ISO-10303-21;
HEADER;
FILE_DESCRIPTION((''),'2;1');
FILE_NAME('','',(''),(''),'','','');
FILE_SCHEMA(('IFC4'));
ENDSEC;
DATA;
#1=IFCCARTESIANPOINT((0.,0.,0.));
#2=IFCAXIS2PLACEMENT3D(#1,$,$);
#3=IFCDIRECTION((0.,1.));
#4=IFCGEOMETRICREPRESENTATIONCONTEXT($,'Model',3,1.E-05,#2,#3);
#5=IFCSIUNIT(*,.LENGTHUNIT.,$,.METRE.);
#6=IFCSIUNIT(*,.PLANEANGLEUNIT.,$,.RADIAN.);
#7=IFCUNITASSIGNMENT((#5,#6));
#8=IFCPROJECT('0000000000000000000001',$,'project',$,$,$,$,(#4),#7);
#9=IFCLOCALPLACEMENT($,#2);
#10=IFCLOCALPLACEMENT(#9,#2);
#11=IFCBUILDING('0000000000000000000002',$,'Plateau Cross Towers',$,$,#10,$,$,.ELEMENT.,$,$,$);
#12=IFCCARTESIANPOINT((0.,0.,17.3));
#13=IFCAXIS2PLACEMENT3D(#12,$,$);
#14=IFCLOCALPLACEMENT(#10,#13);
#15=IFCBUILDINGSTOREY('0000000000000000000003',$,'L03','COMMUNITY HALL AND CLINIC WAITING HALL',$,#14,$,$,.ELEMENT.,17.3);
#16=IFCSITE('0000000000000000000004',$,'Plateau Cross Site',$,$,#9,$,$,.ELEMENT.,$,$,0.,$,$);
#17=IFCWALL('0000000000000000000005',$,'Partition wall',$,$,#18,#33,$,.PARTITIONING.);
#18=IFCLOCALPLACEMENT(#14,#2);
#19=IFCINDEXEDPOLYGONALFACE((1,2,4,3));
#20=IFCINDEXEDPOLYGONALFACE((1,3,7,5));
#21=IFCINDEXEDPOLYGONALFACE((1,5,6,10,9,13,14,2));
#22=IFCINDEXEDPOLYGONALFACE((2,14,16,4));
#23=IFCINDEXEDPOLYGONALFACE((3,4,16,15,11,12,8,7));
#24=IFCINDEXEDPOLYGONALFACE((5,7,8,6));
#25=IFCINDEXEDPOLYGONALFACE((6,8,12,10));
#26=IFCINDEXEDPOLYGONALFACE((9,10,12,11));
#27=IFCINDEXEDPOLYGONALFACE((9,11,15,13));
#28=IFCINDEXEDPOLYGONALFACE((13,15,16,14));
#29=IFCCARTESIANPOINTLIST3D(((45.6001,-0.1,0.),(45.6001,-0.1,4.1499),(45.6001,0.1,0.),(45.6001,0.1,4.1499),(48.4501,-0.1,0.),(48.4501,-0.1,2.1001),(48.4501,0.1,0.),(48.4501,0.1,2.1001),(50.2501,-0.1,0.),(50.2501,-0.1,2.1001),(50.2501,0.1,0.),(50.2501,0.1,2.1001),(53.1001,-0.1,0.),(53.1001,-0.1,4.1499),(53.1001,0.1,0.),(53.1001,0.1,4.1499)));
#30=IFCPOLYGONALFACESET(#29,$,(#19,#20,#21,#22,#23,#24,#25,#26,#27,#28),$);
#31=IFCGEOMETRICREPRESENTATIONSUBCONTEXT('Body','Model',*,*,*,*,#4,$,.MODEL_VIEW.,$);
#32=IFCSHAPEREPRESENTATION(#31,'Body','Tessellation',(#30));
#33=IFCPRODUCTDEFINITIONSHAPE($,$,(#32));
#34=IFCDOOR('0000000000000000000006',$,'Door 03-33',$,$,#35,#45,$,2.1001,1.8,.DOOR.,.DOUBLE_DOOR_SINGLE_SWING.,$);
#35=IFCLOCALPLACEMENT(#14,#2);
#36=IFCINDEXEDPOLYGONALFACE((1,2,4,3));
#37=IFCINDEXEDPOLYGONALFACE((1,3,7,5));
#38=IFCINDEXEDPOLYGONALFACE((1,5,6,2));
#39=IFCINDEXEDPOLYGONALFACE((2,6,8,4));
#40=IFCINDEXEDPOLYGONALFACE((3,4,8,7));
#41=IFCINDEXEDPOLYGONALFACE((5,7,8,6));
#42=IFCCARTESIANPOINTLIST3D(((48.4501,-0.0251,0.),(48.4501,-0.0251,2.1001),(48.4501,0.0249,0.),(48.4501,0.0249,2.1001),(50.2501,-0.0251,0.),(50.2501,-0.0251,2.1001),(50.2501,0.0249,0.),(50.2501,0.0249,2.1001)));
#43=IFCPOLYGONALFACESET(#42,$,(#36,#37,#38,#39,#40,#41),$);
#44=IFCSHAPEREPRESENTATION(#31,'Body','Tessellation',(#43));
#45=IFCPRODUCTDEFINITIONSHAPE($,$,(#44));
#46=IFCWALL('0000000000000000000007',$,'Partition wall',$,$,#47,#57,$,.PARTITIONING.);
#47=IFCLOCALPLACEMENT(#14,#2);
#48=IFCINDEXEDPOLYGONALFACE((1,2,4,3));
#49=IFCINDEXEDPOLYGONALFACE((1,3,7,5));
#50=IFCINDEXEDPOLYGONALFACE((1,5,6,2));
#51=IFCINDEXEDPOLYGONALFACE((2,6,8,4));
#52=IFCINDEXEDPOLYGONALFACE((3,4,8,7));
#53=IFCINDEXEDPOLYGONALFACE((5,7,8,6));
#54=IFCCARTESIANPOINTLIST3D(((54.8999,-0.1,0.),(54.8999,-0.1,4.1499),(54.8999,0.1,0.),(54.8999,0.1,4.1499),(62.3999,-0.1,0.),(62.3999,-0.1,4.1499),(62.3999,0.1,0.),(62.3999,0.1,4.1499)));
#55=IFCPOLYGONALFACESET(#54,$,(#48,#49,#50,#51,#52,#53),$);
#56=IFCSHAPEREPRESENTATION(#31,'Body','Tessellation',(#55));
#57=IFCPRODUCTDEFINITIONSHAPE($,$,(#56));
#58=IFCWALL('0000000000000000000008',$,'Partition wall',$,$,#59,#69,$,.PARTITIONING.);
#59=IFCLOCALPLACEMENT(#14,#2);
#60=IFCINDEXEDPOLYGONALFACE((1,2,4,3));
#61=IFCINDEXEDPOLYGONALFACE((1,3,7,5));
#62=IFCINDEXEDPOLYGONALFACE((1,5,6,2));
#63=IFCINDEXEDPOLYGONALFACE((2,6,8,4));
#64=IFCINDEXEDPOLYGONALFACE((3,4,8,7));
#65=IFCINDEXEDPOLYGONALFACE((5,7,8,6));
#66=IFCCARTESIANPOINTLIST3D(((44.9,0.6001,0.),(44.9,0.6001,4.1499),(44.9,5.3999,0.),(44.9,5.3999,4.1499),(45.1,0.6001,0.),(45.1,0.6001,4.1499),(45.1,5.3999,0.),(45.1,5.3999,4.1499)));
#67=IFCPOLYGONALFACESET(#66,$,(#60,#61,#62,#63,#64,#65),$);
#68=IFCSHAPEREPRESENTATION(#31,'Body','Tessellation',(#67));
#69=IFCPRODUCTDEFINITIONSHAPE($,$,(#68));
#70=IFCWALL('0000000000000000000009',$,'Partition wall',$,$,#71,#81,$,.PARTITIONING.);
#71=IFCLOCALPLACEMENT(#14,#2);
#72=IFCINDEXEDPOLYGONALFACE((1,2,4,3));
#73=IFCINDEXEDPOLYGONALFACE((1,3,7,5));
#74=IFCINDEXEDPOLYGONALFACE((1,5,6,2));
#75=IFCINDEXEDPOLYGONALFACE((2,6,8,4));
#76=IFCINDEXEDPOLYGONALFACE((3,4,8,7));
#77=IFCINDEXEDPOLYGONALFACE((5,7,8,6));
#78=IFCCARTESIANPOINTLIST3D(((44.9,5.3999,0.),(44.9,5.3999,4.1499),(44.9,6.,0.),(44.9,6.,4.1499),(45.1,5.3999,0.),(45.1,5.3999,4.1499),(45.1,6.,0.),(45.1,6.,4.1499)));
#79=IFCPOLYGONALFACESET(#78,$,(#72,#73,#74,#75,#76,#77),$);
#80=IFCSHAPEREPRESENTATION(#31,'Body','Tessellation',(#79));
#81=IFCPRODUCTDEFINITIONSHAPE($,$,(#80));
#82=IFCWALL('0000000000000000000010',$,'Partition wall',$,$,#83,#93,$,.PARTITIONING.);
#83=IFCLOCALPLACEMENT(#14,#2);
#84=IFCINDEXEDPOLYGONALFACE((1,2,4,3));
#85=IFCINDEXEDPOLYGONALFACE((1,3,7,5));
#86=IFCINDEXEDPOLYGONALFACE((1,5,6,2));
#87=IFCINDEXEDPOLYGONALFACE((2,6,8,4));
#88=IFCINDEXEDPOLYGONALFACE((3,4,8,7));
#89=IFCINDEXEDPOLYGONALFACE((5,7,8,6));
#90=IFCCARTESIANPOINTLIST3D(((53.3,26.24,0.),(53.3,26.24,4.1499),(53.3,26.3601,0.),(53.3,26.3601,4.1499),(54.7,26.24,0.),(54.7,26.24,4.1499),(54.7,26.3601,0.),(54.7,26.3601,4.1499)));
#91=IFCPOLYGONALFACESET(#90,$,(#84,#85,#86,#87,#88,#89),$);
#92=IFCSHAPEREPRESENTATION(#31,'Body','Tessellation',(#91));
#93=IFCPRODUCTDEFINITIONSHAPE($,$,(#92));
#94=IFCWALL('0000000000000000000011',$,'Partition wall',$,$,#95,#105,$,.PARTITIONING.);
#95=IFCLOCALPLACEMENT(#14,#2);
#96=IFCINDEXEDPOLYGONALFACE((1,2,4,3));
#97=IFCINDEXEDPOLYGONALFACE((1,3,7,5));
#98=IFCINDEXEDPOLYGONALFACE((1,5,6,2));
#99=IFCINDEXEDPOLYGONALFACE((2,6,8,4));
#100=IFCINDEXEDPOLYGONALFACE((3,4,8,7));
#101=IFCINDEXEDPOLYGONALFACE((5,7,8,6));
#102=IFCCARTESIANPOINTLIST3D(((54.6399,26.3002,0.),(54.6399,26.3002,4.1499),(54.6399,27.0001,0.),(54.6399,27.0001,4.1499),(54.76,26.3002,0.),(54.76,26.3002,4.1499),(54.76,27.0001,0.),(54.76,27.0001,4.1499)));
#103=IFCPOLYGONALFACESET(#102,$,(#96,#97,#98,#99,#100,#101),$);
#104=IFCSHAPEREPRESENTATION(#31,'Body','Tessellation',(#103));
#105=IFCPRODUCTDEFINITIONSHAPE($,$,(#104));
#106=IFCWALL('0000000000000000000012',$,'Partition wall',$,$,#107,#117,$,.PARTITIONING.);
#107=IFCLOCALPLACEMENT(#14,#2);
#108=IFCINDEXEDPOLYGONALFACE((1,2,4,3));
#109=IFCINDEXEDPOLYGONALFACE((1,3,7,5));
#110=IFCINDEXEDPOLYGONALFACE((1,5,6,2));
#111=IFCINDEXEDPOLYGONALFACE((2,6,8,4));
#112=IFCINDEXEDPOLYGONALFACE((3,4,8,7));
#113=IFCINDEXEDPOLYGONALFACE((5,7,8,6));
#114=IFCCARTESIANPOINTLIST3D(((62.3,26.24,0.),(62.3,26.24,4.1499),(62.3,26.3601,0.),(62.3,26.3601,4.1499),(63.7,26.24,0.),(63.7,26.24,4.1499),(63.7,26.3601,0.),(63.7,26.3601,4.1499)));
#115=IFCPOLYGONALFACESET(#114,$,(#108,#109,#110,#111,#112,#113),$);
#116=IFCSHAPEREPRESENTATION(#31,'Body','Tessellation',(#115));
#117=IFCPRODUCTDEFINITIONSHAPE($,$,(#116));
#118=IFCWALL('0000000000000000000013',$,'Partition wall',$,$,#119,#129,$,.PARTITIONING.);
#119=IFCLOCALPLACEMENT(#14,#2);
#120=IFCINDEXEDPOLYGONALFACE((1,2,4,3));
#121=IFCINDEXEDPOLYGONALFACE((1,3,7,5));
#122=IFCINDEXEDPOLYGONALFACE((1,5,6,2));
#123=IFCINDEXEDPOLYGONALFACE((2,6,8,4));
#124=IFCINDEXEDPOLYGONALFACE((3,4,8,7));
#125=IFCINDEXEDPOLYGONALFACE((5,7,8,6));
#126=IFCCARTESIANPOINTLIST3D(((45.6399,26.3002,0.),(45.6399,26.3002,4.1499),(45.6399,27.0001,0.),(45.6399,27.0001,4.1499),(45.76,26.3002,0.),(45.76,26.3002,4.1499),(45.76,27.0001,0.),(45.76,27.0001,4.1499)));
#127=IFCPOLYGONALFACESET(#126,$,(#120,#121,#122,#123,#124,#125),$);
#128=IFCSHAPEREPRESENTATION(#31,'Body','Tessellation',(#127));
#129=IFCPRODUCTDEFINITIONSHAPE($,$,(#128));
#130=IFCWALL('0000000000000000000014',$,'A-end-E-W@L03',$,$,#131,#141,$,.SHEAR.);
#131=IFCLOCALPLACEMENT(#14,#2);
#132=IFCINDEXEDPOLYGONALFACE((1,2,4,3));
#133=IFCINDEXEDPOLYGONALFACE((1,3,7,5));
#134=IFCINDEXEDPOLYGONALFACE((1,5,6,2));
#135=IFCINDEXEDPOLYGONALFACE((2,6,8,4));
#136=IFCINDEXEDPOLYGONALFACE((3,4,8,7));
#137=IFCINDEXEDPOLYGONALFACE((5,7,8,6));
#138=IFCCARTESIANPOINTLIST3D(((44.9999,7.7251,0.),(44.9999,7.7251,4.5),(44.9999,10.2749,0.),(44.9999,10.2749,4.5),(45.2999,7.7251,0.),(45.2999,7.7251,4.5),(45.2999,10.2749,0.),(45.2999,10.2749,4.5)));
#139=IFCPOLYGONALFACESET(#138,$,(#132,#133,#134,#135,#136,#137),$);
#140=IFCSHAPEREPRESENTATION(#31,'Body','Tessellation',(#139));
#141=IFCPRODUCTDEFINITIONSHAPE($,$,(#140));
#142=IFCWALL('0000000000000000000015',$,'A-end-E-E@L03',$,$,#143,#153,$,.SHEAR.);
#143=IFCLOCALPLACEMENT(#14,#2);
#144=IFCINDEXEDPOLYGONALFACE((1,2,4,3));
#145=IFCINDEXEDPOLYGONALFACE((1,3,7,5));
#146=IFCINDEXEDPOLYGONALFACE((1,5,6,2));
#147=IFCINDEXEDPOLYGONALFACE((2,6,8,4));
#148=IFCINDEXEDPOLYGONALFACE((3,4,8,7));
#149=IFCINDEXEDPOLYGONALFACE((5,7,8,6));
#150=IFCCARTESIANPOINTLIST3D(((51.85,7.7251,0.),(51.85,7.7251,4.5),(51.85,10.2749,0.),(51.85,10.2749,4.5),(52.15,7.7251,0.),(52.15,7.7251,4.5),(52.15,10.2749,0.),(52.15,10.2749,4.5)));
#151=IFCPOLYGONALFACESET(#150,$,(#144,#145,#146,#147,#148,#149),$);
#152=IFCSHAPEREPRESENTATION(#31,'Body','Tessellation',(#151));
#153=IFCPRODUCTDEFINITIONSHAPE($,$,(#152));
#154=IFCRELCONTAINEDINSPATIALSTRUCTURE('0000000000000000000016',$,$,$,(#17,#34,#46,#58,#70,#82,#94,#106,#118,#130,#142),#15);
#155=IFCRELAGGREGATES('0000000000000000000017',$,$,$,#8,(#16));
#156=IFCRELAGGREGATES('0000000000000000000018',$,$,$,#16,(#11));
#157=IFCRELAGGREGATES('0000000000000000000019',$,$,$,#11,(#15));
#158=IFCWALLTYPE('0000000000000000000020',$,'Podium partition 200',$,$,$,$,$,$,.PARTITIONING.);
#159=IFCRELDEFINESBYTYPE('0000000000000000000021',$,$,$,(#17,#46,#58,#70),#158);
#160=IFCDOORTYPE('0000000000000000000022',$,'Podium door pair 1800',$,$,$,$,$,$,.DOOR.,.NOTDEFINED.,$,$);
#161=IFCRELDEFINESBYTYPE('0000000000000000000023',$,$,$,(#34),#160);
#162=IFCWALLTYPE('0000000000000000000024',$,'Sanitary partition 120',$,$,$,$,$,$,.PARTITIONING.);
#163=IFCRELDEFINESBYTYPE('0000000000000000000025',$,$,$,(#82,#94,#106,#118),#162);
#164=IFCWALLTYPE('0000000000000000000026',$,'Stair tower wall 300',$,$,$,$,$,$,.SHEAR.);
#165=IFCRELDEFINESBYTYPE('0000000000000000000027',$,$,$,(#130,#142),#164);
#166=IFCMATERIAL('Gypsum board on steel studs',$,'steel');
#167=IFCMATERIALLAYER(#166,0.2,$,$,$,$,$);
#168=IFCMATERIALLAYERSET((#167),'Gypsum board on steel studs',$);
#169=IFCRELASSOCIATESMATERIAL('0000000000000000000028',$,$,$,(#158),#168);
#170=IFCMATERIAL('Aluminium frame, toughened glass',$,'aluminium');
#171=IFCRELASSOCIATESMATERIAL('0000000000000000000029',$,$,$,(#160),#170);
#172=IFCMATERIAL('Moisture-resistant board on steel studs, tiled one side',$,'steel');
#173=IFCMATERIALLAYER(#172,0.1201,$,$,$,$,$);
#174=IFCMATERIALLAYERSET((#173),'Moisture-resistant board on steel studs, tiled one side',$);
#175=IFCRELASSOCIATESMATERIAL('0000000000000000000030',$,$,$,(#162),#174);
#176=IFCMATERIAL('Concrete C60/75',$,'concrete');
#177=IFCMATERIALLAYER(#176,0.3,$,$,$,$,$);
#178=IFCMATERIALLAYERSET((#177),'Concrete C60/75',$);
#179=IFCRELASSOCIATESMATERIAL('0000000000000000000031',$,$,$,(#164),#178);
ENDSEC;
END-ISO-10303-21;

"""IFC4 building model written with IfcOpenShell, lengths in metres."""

from ifc_helpers import new_model, si_unit, direction, frame, frame_2d, origin, place, context, subcontext, project, spatial, rectangle, extrude, material, layer, layer_set, type_object, element, fill, save


model = new_model("IFC4")

# Units and contexts
model_context = context("Model", 3, precision=1e-05, world=origin(), true_north=direction((0.0, 1.0)))
body_context = subcontext(model_context, "Body", "Model", "MODEL_VIEW")
ifc_project = project(units=[si_unit("LENGTHUNIT", "METRE"), si_unit("PLANEANGLEUNIT", "RADIAN")], contexts=[model_context])

# Site, building, storey
site_placement = place(None, origin())
site = spatial("IfcSite", under=ifc_project, at=site_placement, Name="Plateau Cross Site", CompositionType="ELEMENT", RefElevation=0.0)
building_placement = place(site_placement, origin())
building = spatial("IfcBuilding", under=site, at=building_placement, Name="Plateau Cross Towers", CompositionType="ELEMENT")
storey_placement = place(building_placement, frame((0.0, 0.0, 17.3)))
storey = spatial("IfcBuildingStorey", under=building, at=storey_placement, Name="L03", Description="COMMUNITY HALL AND CLINIC WAITING HALL", CompositionType="ELEMENT", Elevation=17.3)

# Shared definitions
ifc_material_1 = material(Name="Concrete C60/75", Category="concrete")

# Wall, opening, door
ifc_material_2 = material(Name="Gypsum board on steel studs", Category="steel")
ifc_layer_1 = layer(ifc_material_2, 0.2)
ifc_layer_set_1 = layer_set([ifc_layer_1], Name="Gypsum board on steel studs")
wall_type_1 = type_object("IfcWallType", Name="Podium partition 200", PredefinedType="PARTITIONING", material=ifc_layer_set_1)
wall_1_placement = place(storey_placement, frame((45.6001, 0.0, 0.0), z_axis=(0.0, 0.0, 1.0), x_axis=(1.0, 0.0, 0.0)))
wall_1 = element("IfcWall", 1, at=wall_1_placement, inside=storey, type_object=wall_type_1, Name="Partition wall", PredefinedType="PARTITIONING", context=body_context, shape_type="SweptSolid", body=[
    extrude(rectangle(XDim=7.5, YDim=0.2, at=frame_2d((3.75, 0.0))), origin(), (0.0, 0.0, 1.0), 4.1499),
])
opening_placement = place(wall_1_placement, frame((2.8501, 0.0, 0.0)))
opening = element("IfcOpeningElement", 2, at=opening_placement, cuts=wall_1, PredefinedType="OPENING", context=body_context, shape_type="SweptSolid", body=[
    extrude(rectangle(XDim=1.8, YDim=2.1001, at=frame_2d((0.8999, 1.05))), frame((0.0, 0.1099, 0.0), z_axis=(0.0, -1.0, 0.0), x_axis=(1.0, 0.0, 0.0)), (0.0, 0.0, 1.0), 0.22),
])
ifc_material_3 = material(Name="Aluminium frame, toughened glass", Category="aluminium")
door_type = type_object("IfcDoorType", Name="Podium door pair 1800", OperationType="NOTDEFINED", PredefinedType="DOOR", material=ifc_material_3)
door_placement = place(opening_placement, origin())
door = element("IfcDoor", 3, at=door_placement, inside=storey, type_object=door_type, Name="Door 03-33", OperationType="DOUBLE_DOOR_SINGLE_SWING", OverallHeight=2.1001, OverallWidth=1.8, PredefinedType="DOOR", context=body_context, shape_type="SweptSolid", body=[
    extrude(rectangle(XDim=1.8, YDim=2.1001, at=frame_2d((0.8999, 1.05))), frame((0.0, 0.0249, 0.0), z_axis=(0.0, -1.0, 0.0), x_axis=(1.0, 0.0, 0.0)), (0.0, 0.0, 1.0), 0.05),
])
fill(opening, door)

# Walls
wall_2_placement = place(storey_placement, frame((54.8999, 0.0, 0.0), z_axis=(0.0, 0.0, 1.0), x_axis=(1.0, 0.0, 0.0)))
element("IfcWall", 4, at=wall_2_placement, inside=storey, type_object=wall_type_1, Name="Partition wall", PredefinedType="PARTITIONING", context=body_context, shape_type="SweptSolid", body=[
    extrude(rectangle(XDim=7.5, YDim=0.2, at=frame_2d((3.75, 0.0))), origin(), (0.0, 0.0, 1.0), 4.1499),
])
wall_3_placement = place(storey_placement, frame((45.0, 5.3999, 0.0), z_axis=(0.0, 0.0, 1.0), x_axis=(0.0, -1.0, 0.0)))
element("IfcWall", 5, at=wall_3_placement, inside=storey, type_object=wall_type_1, Name="Partition wall", PredefinedType="PARTITIONING", context=body_context, shape_type="SweptSolid", body=[
    extrude(rectangle(XDim=4.7998, YDim=0.2, at=frame_2d((2.3999, 0.0))), origin(), (0.0, 0.0, 1.0), 4.1499),
])
wall_4_placement = place(storey_placement, frame((45.0, 6.0, 0.0), z_axis=(0.0, 0.0, 1.0), x_axis=(0.0, -1.0, 0.0)))
element("IfcWall", 6, at=wall_4_placement, inside=storey, type_object=wall_type_1, Name="Partition wall", PredefinedType="PARTITIONING", context=body_context, shape_type="SweptSolid", body=[
    extrude(rectangle(XDim=0.6001, YDim=0.2, at=frame_2d((0.3, 0.0))), origin(), (0.0, 0.0, 1.0), 4.1499),
])
ifc_material_4 = material(Name="Moisture-resistant board on steel studs, tiled one side", Category="steel")
ifc_layer_2 = layer(ifc_material_4, 0.1201)
ifc_layer_set_2 = layer_set([ifc_layer_2], Name="Moisture-resistant board on steel studs, tiled one side")
wall_type_2 = type_object("IfcWallType", Name="Sanitary partition 120", PredefinedType="PARTITIONING", material=ifc_layer_set_2)
wall_5_placement = place(storey_placement, frame((53.3, 26.3, 0.0), z_axis=(0.0, 0.0, 1.0), x_axis=(1.0, 0.0, 0.0)))
element("IfcWall", 7, at=wall_5_placement, inside=storey, type_object=wall_type_2, Name="Partition wall", PredefinedType="PARTITIONING", context=body_context, shape_type="SweptSolid", body=[
    extrude(rectangle(XDim=1.3999, YDim=0.1201, at=frame_2d((0.7, 0.0))), origin(), (0.0, 0.0, 1.0), 4.1499),
])
wall_6_placement = place(storey_placement, frame((54.7, 26.3, 0.0), z_axis=(0.0, 0.0, 1.0), x_axis=(0.0, 1.0, 0.0)))
element("IfcWall", 8, at=wall_6_placement, inside=storey, type_object=wall_type_2, Name="Partition wall", PredefinedType="PARTITIONING", context=body_context, shape_type="SweptSolid", body=[
    extrude(rectangle(XDim=0.7, YDim=0.1201, at=frame_2d((0.3501, 0.0))), origin(), (0.0, 0.0, 1.0), 4.1499),
])
wall_7_placement = place(storey_placement, frame((62.3, 26.3, 0.0), z_axis=(0.0, 0.0, 1.0), x_axis=(1.0, 0.0, 0.0)))
element("IfcWall", 9, at=wall_7_placement, inside=storey, type_object=wall_type_2, Name="Partition wall", PredefinedType="PARTITIONING", context=body_context, shape_type="SweptSolid", body=[
    extrude(rectangle(XDim=1.3999, YDim=0.1201, at=frame_2d((0.7, 0.0))), origin(), (0.0, 0.0, 1.0), 4.1499),
])
wall_8_placement = place(storey_placement, frame((45.7, 26.3, 0.0), z_axis=(0.0, 0.0, 1.0), x_axis=(0.0, 1.0, 0.0)))
element("IfcWall", 10, at=wall_8_placement, inside=storey, type_object=wall_type_2, Name="Partition wall", PredefinedType="PARTITIONING", context=body_context, shape_type="SweptSolid", body=[
    extrude(rectangle(XDim=0.7, YDim=0.1201, at=frame_2d((0.3501, 0.0))), origin(), (0.0, 0.0, 1.0), 4.1499),
])
ifc_layer_3 = layer(ifc_material_1, 0.3)
ifc_layer_set_3 = layer_set([ifc_layer_3], Name="Concrete C60/75")
wall_type_3 = type_object("IfcWallType", Name="Stair tower wall 300", PredefinedType="SHEAR", material=ifc_layer_set_3)
for number, where, z_axis, x_axis, name in (
    (11, (45.1499, 7.7251, 0.0), (0.0, 0.0, 1.0), (0.0, 1.0, 0.0), "A-end-E-W@L03"),
    (12, (52.0, 7.7251, 0.0), (0.0, 0.0, 1.0), (0.0, 1.0, 0.0), "A-end-E-E@L03"),
):
    element("IfcWall", number, at=place(storey_placement, frame(where, z_axis=z_axis, x_axis=x_axis)), inside=storey, type_object=wall_type_3, Name=name, PredefinedType="SHEAR", context=body_context, shape_type="SweptSolid", body=[
        extrude(rectangle(XDim=2.5498, YDim=0.3, at=frame_2d((1.2749, 0.0))), origin(), (0.0, 0.0, 1.0), 4.5),
    ])

save(model, "model.ifc")
